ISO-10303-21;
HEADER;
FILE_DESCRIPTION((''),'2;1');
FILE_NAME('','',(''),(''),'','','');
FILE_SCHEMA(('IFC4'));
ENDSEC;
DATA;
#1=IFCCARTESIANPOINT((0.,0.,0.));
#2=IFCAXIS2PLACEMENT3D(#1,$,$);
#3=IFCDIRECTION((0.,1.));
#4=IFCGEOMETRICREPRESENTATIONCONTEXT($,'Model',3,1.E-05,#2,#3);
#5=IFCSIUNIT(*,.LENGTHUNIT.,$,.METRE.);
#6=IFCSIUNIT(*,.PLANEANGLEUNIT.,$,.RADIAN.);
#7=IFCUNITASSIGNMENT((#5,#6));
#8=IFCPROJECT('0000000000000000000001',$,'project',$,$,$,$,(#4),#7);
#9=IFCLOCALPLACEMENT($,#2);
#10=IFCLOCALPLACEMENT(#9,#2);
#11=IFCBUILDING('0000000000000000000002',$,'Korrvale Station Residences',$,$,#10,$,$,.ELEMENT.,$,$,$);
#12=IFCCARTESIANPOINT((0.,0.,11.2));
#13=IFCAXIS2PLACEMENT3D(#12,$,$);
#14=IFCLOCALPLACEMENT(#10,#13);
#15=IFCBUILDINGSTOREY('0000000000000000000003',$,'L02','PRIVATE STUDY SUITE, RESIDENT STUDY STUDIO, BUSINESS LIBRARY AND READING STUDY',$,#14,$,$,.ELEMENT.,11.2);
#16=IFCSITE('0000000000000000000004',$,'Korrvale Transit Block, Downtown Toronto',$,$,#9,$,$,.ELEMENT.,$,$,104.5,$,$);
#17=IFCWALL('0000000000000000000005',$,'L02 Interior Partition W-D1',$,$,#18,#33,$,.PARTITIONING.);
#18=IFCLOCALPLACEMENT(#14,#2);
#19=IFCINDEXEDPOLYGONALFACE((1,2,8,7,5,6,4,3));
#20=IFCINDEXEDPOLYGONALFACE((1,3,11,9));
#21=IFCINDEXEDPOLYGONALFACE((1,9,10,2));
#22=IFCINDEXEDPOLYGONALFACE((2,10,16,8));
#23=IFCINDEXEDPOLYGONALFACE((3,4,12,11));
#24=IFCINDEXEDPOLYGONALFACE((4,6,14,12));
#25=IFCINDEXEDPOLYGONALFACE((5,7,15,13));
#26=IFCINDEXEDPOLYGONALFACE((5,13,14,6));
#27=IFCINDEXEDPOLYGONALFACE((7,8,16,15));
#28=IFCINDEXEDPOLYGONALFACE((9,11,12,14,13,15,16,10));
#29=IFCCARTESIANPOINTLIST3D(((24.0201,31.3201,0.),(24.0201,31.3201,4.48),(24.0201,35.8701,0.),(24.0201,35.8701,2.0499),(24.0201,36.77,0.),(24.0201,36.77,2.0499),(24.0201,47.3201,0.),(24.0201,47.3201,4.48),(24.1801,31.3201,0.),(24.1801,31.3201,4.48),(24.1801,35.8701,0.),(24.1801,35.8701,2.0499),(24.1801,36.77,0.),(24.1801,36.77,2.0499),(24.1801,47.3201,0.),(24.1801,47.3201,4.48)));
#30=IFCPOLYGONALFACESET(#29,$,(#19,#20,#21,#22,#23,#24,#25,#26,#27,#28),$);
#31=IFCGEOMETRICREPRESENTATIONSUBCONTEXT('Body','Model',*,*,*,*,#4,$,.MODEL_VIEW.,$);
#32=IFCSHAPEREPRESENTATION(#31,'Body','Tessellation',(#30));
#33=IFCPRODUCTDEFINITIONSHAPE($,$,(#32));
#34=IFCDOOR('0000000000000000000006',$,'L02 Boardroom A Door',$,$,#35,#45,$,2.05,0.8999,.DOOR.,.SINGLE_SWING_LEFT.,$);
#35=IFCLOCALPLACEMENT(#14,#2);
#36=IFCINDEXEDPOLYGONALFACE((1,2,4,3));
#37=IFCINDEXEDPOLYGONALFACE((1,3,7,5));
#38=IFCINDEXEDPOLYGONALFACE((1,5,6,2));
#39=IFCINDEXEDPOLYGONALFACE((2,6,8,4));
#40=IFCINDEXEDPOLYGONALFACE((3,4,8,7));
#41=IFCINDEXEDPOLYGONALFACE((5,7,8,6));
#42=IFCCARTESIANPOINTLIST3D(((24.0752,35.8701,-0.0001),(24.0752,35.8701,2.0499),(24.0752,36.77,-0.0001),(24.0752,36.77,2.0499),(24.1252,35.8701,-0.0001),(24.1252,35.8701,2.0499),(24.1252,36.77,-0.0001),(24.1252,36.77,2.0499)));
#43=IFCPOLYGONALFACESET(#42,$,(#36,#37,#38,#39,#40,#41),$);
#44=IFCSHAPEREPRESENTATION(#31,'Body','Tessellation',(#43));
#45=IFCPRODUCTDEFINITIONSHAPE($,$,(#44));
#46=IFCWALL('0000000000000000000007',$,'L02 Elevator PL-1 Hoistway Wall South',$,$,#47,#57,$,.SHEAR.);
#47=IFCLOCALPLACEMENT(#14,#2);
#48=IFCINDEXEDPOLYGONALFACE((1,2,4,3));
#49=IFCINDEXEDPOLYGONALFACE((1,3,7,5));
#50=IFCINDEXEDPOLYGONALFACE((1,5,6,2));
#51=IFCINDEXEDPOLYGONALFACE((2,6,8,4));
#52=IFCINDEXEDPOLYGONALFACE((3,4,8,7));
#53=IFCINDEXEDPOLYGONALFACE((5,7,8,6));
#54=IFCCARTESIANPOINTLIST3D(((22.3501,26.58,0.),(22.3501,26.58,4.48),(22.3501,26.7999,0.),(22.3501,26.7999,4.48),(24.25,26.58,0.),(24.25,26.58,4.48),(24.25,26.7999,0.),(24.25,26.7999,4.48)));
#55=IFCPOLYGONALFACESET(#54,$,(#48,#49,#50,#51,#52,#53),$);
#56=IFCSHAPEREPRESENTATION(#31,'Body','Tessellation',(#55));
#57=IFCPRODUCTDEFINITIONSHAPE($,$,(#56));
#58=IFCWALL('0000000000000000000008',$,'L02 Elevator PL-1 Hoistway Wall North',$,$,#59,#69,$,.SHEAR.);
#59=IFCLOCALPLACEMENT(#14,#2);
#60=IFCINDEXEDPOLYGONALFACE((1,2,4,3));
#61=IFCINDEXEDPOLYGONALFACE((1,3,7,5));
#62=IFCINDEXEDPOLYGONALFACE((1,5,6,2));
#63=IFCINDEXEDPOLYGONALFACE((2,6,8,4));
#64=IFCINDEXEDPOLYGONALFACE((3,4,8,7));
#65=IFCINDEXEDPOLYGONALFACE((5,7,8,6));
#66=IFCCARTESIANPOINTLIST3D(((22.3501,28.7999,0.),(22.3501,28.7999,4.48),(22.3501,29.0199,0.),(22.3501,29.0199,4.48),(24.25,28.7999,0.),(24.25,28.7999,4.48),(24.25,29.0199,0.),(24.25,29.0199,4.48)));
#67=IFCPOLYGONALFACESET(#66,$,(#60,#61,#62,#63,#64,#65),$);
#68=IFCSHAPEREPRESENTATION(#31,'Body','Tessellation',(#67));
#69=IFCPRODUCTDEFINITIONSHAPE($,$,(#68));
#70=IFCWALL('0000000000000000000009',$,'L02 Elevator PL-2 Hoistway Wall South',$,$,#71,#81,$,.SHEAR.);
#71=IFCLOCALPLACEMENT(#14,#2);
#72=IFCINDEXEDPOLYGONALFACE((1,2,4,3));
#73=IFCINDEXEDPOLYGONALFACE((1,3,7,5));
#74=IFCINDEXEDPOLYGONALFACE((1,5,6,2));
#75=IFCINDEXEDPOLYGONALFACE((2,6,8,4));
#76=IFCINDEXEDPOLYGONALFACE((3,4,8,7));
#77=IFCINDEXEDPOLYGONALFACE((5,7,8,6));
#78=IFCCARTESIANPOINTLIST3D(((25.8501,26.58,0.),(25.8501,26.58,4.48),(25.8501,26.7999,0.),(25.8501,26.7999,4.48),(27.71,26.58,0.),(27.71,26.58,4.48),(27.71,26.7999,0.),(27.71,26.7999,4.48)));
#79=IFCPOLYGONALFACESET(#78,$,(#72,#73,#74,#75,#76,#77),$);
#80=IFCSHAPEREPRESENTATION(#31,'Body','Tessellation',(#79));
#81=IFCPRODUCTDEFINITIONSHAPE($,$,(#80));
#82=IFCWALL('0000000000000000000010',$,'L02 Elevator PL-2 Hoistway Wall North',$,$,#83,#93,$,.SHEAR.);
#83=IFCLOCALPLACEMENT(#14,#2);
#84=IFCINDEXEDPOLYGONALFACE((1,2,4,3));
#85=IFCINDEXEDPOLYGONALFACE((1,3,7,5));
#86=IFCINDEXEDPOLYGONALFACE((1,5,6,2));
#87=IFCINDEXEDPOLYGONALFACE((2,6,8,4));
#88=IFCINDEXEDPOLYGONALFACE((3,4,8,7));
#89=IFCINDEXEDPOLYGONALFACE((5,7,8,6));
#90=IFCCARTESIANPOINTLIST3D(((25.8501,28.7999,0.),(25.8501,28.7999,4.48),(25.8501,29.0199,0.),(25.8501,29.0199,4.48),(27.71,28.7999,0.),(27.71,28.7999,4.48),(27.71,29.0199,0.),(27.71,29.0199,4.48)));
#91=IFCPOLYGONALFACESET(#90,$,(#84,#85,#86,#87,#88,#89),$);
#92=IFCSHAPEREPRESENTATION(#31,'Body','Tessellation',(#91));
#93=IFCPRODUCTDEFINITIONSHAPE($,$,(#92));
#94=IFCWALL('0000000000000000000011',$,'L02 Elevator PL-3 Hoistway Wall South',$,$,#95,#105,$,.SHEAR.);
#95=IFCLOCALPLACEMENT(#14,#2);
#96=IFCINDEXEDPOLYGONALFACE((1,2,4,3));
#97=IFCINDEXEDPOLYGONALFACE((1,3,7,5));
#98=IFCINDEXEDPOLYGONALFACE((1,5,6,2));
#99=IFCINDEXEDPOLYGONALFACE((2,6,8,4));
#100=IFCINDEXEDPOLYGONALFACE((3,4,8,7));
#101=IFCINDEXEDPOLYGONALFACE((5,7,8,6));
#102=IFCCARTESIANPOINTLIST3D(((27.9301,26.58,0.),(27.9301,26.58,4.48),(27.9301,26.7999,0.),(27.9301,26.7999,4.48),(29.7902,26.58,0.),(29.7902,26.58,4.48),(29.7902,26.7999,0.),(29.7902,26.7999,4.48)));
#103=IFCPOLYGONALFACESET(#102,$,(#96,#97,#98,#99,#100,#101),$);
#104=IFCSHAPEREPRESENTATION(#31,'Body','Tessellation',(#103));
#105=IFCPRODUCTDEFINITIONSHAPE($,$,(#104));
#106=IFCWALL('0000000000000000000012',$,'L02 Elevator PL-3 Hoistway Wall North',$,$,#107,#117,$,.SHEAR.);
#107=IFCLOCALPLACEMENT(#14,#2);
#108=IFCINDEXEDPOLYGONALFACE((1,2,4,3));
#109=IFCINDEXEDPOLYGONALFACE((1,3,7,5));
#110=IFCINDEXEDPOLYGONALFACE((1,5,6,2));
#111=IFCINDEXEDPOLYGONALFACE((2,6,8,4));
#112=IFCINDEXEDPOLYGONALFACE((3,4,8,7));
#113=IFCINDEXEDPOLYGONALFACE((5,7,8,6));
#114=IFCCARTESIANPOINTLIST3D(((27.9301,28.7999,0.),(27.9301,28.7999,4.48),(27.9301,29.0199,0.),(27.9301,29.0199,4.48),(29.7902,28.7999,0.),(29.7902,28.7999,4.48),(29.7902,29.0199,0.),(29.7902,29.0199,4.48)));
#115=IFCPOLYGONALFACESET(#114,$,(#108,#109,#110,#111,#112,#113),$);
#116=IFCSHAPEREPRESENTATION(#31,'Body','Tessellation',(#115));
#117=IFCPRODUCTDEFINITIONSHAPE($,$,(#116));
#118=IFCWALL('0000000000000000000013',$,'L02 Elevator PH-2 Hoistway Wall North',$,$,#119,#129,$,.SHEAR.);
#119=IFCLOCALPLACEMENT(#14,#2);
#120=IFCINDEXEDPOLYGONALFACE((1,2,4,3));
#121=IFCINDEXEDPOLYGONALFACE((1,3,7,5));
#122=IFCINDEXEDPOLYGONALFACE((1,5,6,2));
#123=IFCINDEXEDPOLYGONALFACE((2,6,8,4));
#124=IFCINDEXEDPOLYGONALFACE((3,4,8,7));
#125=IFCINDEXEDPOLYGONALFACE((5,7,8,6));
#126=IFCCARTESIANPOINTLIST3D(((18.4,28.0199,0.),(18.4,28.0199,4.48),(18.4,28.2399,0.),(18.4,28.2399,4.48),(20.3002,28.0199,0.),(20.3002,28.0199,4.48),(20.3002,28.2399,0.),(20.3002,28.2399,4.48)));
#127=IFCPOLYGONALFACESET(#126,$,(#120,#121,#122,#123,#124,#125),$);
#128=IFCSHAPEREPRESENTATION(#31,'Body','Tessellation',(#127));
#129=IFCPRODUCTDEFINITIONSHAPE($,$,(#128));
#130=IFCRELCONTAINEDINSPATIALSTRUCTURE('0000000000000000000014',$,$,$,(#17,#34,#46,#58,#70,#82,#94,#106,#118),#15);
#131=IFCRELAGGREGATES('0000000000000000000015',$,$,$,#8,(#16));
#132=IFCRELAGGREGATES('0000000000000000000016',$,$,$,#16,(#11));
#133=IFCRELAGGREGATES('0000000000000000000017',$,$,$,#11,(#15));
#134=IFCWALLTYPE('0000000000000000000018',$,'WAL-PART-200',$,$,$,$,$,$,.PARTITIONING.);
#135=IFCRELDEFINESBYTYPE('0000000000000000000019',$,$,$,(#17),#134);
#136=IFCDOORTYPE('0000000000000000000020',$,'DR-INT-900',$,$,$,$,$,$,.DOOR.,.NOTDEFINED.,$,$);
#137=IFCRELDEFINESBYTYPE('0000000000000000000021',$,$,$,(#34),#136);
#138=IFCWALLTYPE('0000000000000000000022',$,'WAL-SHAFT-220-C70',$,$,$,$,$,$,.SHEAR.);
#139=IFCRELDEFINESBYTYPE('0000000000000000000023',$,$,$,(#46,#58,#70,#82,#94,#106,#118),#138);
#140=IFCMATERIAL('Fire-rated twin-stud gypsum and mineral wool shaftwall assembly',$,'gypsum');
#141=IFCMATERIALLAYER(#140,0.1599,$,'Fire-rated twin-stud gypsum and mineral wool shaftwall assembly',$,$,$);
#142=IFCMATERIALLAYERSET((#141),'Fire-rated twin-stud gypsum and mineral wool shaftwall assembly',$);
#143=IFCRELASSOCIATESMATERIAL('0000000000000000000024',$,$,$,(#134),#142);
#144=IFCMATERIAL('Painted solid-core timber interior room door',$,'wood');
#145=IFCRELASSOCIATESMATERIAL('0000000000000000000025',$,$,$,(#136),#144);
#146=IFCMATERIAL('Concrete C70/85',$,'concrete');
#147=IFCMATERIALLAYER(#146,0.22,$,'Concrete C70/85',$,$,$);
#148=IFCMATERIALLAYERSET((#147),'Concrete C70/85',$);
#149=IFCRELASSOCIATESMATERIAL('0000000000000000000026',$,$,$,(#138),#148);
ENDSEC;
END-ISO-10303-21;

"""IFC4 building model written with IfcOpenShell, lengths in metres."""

from ifc_helpers import new_model, si_unit, direction, frame, frame_2d, origin, place, context, subcontext, project, spatial, rectangle, extrude, material, layer, layer_set, type_object, element, fill, save


model = new_model("IFC4")

# Units and contexts
model_context = context("Model", 3, precision=1e-05, world=origin(), true_north=direction((0.0, 1.0)))
body_context = subcontext(model_context, "Body", "Model", "MODEL_VIEW")
ifc_project = project(units=[si_unit("LENGTHUNIT", "METRE"), si_unit("PLANEANGLEUNIT", "RADIAN")], contexts=[model_context])

# Site, building, storey
site_placement = place(None, origin())
site = spatial("IfcSite", under=ifc_project, at=site_placement, Name="Korrvale Transit Block, Downtown Toronto", CompositionType="ELEMENT", RefElevation=104.5)
building_placement = place(site_placement, origin())
building = spatial("IfcBuilding", under=site, at=building_placement, Name="Korrvale Station Residences", CompositionType="ELEMENT")
storey_placement = place(building_placement, frame((0.0, 0.0, 11.2)))
storey = spatial("IfcBuildingStorey", under=building, at=storey_placement, Name="L02", Description="PRIVATE STUDY SUITE, RESIDENT STUDY STUDIO, BUSINESS LIBRARY AND READING STUDY", CompositionType="ELEMENT", Elevation=11.2)

# Shared definitions
ifc_material_1 = material(Name="Concrete C70/85", Category="concrete")

# Wall, opening, door
ifc_material_2 = material(Name="Fire-rated twin-stud gypsum and mineral wool shaftwall assembly", Category="gypsum")
ifc_layer_1 = layer(ifc_material_2, 0.1599, Name="Fire-rated twin-stud gypsum and mineral wool shaftwall assembly")
ifc_layer_set_1 = layer_set([ifc_layer_1], Name="Fire-rated twin-stud gypsum and mineral wool shaftwall assembly")
wall_type_1 = type_object("IfcWallType", Name="WAL-PART-200", PredefinedType="PARTITIONING", material=ifc_layer_set_1)
ifc_material_3 = material(Name="Painted solid-core timber interior room door", Category="wood")
door_type_1 = type_object("IfcDoorType", Name="DR-INT-900", OperationType="NOTDEFINED", PredefinedType="DOOR", material=ifc_material_3)
wall_1_placement = place(storey_placement, frame((24.1001, 31.3201, 0.0), z_axis=(0.0, 0.0, 1.0), x_axis=(0.0, 1.0, 0.0)))
wall_1 = element("IfcWall", 1, at=wall_1_placement, inside=storey, type_object=wall_type_1, Name="L02 Interior Partition W-D1", PredefinedType="PARTITIONING", context=body_context, shape_type="SweptSolid", body=[
    extrude(rectangle(XDim=16.0, YDim=0.1599, at=frame_2d((8.0, 0.0))), origin(), (0.0, 0.0, 1.0), 4.48),
])
opening_1_placement = place(wall_1_placement, frame((4.55, 0.0, 0.0)))
opening_1 = element("IfcOpeningElement", 2, at=opening_1_placement, cuts=wall_1, PredefinedType="OPENING", context=body_context, shape_type="SweptSolid", body=[
    extrude(rectangle(XDim=0.8999, YDim=2.05, at=frame_2d((0.45, 1.0249))), frame((0.0, 0.0898, 0.0), z_axis=(0.0, -1.0, 0.0), x_axis=(1.0, 0.0, 0.0)), (0.0, 0.0, 1.0), 0.1799),
])
door_1_placement = place(opening_1_placement, origin())
door_1 = element("IfcDoor", 3, at=door_1_placement, inside=storey, type_object=door_type_1, Name="L02 Boardroom A Door", OperationType="SINGLE_SWING_LEFT", OverallHeight=2.05, OverallWidth=0.8999, PredefinedType="DOOR", context=body_context, shape_type="SweptSolid", body=[
    extrude(rectangle(XDim=0.8999, YDim=2.05, at=frame_2d((0.45, 1.0249))), frame((0.0, 0.0249, 0.0), z_axis=(0.0, -1.0, 0.0), x_axis=(1.0, 0.0, 0.0)), (0.0, 0.0, 1.0), 0.05),
])
fill(opening_1, door_1)

# Walls
ifc_layer_2 = layer(ifc_material_1, 0.22, Name="Concrete C70/85")
ifc_layer_set_2 = layer_set([ifc_layer_2], Name="Concrete C70/85")
wall_type_2 = type_object("IfcWallType", Name="WAL-SHAFT-220-C70", PredefinedType="SHEAR", material=ifc_layer_set_2)
for number, where, z_axis, x_axis, name in (
    (4, (22.3501, 26.6899, 0.0), (0.0, 0.0, 1.0), (1.0, 0.0, 0.0), "L02 Elevator PL-1 Hoistway Wall South"),
    (5, (22.3501, 28.9099, 0.0), (0.0, 0.0, 1.0), (1.0, 0.0, 0.0), "L02 Elevator PL-1 Hoistway Wall North"),
):
    element("IfcWall", number, at=place(storey_placement, frame(where, z_axis=z_axis, x_axis=x_axis)), inside=storey, type_object=wall_type_2, Name=name, PredefinedType="SHEAR", context=body_context, shape_type="SweptSolid", body=[
        extrude(rectangle(XDim=1.8999, YDim=0.22, at=frame_2d((0.95, 0.0))), origin(), (0.0, 0.0, 1.0), 4.48),
    ])
for number, where, z_axis, x_axis, name in (
    (6, (25.8501, 26.6899, 0.0), (0.0, 0.0, 1.0), (1.0, 0.0, 0.0), "L02 Elevator PL-2 Hoistway Wall South"),
    (7, (25.8501, 28.9099, 0.0), (0.0, 0.0, 1.0), (1.0, 0.0, 0.0), "L02 Elevator PL-2 Hoistway Wall North"),
):
    element("IfcWall", number, at=place(storey_placement, frame(where, z_axis=z_axis, x_axis=x_axis)), inside=storey, type_object=wall_type_2, Name=name, PredefinedType="SHEAR", context=body_context, shape_type="SweptSolid", body=[
        extrude(rectangle(XDim=1.8599, YDim=0.22, at=frame_2d((0.9299, 0.0))), origin(), (0.0, 0.0, 1.0), 4.48),
    ])
for number, where, z_axis, x_axis, name in (
    (8, (27.9299, 26.6899, 0.0), (0.0, 0.0, 1.0), (1.0, 0.0, 0.0), "L02 Elevator PL-3 Hoistway Wall South"),
    (9, (27.9299, 28.9099, 0.0), (0.0, 0.0, 1.0), (1.0, 0.0, 0.0), "L02 Elevator PL-3 Hoistway Wall North"),
):
    element("IfcWall", number, at=place(storey_placement, frame(where, z_axis=z_axis, x_axis=x_axis)), inside=storey, type_object=wall_type_2, Name=name, PredefinedType="SHEAR", context=body_context, shape_type="SweptSolid", body=[
        extrude(rectangle(XDim=1.8601, YDim=0.22, at=frame_2d((0.9302, 0.0))), origin(), (0.0, 0.0, 1.0), 4.48),
    ])
wall_2_placement = place(storey_placement, frame((18.3999, 28.1299, 0.0), z_axis=(0.0, 0.0, 1.0), x_axis=(1.0, 0.0, 0.0)))
element("IfcWall", 10, at=wall_2_placement, inside=storey, type_object=wall_type_2, Name="L02 Elevator PH-2 Hoistway Wall North", PredefinedType="SHEAR", context=body_context, shape_type="SweptSolid", body=[
    extrude(rectangle(XDim=1.9001, YDim=0.22, at=frame_2d((0.9502, 0.0))), origin(), (0.0, 0.0, 1.0), 4.48),
])

save(model, "model.ifc")
